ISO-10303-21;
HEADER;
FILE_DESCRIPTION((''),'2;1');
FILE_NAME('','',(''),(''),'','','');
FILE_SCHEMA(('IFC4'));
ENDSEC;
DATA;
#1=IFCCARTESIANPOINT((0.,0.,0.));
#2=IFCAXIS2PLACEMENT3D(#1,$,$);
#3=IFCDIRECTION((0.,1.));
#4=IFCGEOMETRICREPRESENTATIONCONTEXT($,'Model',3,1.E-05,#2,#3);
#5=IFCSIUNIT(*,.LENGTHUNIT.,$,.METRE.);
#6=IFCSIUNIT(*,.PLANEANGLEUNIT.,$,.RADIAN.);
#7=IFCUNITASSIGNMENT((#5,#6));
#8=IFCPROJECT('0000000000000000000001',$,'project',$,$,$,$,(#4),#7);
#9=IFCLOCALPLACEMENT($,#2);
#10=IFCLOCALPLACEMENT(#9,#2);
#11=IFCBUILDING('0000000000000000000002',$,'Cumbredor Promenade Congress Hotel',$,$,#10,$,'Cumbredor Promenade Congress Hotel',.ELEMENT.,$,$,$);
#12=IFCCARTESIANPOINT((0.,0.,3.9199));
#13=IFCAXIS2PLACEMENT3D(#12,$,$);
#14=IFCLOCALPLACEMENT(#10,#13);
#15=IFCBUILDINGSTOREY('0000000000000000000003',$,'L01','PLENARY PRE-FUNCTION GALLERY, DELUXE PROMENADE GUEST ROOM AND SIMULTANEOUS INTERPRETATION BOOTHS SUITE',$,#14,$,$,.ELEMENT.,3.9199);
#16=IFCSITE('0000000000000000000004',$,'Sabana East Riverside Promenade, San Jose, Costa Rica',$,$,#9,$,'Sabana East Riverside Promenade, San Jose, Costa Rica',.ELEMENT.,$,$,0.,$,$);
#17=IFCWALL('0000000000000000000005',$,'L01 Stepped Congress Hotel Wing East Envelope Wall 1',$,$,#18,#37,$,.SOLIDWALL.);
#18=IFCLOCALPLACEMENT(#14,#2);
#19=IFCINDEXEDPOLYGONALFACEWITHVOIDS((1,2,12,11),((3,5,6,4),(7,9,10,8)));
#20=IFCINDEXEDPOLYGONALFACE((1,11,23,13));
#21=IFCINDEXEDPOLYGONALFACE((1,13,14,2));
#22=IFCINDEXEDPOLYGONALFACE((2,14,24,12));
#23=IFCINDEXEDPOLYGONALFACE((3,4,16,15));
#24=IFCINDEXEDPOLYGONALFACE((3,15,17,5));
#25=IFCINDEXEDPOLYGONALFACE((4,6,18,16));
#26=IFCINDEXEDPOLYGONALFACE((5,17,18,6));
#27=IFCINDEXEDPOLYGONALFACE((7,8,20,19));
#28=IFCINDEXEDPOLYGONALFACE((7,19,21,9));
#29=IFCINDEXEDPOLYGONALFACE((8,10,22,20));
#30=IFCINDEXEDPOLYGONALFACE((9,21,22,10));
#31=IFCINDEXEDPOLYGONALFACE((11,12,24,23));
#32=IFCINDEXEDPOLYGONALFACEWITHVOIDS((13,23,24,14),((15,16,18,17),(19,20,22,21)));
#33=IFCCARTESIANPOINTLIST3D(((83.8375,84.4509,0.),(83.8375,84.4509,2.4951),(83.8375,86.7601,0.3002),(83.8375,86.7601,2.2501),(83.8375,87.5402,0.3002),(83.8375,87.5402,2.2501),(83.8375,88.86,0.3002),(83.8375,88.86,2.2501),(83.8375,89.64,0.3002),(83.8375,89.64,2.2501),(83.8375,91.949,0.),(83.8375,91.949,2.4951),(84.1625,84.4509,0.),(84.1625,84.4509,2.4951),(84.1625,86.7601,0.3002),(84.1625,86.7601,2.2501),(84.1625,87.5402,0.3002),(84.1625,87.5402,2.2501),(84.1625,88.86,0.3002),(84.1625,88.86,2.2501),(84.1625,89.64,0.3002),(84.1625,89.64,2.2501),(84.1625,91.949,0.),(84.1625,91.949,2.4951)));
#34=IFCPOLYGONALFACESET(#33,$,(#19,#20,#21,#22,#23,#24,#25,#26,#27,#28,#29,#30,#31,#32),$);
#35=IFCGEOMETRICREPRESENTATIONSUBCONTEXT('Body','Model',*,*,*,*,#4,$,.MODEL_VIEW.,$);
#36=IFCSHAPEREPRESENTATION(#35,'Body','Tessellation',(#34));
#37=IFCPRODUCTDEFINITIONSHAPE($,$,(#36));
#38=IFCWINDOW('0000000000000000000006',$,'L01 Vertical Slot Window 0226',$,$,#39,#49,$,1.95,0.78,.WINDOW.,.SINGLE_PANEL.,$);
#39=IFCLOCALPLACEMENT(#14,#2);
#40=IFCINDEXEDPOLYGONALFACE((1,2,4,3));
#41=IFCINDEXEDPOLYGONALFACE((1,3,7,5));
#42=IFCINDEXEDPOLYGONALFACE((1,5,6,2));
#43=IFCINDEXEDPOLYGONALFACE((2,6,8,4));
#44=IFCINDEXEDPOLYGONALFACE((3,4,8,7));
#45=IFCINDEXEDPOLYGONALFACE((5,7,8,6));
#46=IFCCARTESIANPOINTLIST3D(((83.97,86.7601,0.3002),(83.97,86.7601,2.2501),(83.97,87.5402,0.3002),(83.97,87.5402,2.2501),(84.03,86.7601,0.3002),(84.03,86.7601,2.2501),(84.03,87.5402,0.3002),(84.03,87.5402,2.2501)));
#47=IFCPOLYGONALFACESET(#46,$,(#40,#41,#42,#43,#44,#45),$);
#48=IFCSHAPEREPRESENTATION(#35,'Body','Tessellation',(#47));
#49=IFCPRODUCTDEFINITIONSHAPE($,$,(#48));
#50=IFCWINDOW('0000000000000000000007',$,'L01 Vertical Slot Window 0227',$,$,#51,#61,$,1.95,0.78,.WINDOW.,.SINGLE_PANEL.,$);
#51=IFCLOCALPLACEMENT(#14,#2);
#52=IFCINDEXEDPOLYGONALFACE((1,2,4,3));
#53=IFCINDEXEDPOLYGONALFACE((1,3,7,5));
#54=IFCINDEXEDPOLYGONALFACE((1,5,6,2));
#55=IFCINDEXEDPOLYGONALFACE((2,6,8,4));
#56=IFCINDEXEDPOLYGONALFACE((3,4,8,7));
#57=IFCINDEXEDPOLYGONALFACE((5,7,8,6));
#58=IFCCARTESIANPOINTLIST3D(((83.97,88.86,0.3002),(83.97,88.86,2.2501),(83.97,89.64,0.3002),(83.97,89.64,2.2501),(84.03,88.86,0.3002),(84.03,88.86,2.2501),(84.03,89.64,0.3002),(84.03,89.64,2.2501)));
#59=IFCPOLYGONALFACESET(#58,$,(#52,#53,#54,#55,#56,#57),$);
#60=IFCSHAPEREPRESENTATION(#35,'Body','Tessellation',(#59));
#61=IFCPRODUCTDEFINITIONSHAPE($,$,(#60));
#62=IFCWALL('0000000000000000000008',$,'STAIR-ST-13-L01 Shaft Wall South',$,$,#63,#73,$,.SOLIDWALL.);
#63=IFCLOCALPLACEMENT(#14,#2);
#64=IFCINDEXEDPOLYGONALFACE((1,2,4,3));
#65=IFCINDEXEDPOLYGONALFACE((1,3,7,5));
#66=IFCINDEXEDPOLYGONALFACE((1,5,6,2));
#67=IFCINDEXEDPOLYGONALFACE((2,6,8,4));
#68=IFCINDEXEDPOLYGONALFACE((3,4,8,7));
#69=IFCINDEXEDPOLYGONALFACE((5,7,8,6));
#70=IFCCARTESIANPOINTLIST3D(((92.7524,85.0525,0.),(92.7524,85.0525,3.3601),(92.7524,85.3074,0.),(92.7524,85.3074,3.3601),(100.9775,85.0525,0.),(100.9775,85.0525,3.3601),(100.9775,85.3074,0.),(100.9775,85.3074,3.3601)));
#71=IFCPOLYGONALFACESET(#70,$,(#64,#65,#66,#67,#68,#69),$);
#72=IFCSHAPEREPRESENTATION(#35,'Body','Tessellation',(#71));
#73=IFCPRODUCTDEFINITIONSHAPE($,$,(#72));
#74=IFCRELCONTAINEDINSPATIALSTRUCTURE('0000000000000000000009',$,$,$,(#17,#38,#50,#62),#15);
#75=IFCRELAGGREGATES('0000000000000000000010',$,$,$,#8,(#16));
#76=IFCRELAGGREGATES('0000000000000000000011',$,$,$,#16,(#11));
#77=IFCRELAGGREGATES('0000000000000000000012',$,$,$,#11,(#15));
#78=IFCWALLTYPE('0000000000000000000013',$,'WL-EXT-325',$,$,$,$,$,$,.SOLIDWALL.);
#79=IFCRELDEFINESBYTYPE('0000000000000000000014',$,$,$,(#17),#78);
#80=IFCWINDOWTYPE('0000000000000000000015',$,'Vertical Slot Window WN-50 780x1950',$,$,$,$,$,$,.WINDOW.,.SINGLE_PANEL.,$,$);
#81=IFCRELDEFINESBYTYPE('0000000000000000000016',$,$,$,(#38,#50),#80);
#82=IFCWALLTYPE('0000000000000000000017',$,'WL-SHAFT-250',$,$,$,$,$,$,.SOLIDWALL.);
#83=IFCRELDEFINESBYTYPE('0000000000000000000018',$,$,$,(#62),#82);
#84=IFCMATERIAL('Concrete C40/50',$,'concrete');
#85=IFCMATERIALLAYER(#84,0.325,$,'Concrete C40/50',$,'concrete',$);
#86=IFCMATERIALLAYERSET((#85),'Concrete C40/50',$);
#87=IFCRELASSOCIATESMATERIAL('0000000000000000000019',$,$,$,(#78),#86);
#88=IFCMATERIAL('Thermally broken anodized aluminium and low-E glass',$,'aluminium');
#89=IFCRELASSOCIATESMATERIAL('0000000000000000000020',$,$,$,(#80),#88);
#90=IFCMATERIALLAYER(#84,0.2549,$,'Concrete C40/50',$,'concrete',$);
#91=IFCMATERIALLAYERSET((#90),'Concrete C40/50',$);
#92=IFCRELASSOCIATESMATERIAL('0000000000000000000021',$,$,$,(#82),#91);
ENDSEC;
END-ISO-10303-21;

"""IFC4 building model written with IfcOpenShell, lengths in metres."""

from ifc_helpers import new_model, si_unit, direction, frame, frame_2d, origin, place, context, subcontext, project, spatial, rectangle, extrude, material, layer, layer_set, type_object, element, fill, save


model = new_model("IFC4")

# Units and contexts
model_context = context("Model", 3, precision=1e-05, world=origin(), true_north=direction((0.0, 1.0)))
body_context = subcontext(model_context, "Body", "Model", "MODEL_VIEW")
ifc_project = project(units=[si_unit("LENGTHUNIT", "METRE"), si_unit("PLANEANGLEUNIT", "RADIAN")], contexts=[model_context])

# Site, building, storey
site_placement = place(None, origin())
site = spatial("IfcSite", under=ifc_project, at=site_placement, Name="Sabana East Riverside Promenade, San Jose, Costa Rica", LongName="Sabana East Riverside Promenade, San Jose, Costa Rica", CompositionType="ELEMENT", RefElevation=0.0)
building_placement = place(site_placement, origin())
building = spatial("IfcBuilding", under=site, at=building_placement, Name="Cumbredor Promenade Congress Hotel", LongName="Cumbredor Promenade Congress Hotel", CompositionType="ELEMENT")
storey_placement = place(building_placement, frame((0.0, 0.0, 3.9199)))
storey = spatial("IfcBuildingStorey", under=building, at=storey_placement, Name="L01", Description="PLENARY PRE-FUNCTION GALLERY, DELUXE PROMENADE GUEST ROOM AND SIMULTANEOUS INTERPRETATION BOOTHS SUITE", CompositionType="ELEMENT", Elevation=3.9199)

# Shared definitions
ifc_material_1 = material(Name="Concrete C40/50", Category="concrete")

# Shared definitions
ifc_material_2 = material(Name="Thermally broken anodized aluminium and low-E glass", Category="aluminium")

# Wall, openings, windows
ifc_layer_1 = layer(ifc_material_1, 0.325, Name="Concrete C40/50", Category="concrete")
ifc_layer_set_1 = layer_set([ifc_layer_1], Name="Concrete C40/50")
wall_type_1 = type_object("IfcWallType", Name="WL-EXT-325", PredefinedType="SOLIDWALL", material=ifc_layer_set_1)
wall_1_placement = place(storey_placement, frame((84.0, 84.4509, 0.0), z_axis=(0.0, 0.0, 1.0), x_axis=(0.0, 1.0, 0.0)))
wall_1 = element("IfcWall", 1, at=wall_1_placement, inside=storey, type_object=wall_type_1, Name="L01 Stepped Congress Hotel Wing East Envelope Wall 1", PredefinedType="SOLIDWALL", context=body_context, shape_type="SweptSolid", body=[
    extrude(rectangle(XDim=7.498, YDim=0.325, at=frame_2d((3.749, 0.0))), origin(), (0.0, 0.0, 1.0), 2.4951),
])
opening_1_placement = place(wall_1_placement, frame((2.3091, 0.0, 0.3)))
opening_1 = element("IfcOpeningElement", 2, at=opening_1_placement, cuts=wall_1, PredefinedType="OPENING", context=body_context, shape_type="SweptSolid", body=[
    extrude(rectangle(XDim=0.78, YDim=1.95, at=frame_2d((0.3901, 0.9751))), frame((0.0, 0.1724, 0.0), z_axis=(0.0, -1.0, 0.0), x_axis=(1.0, 0.0, 0.0)), (0.0, 0.0, 1.0), 0.345),
])
opening_2_placement = place(wall_1_placement, frame((4.4089, 0.0, 0.3)))
opening_2 = element("IfcOpeningElement", 3, at=opening_2_placement, cuts=wall_1, PredefinedType="OPENING", context=body_context, shape_type="SweptSolid", body=[
    extrude(rectangle(XDim=0.78, YDim=1.95, at=frame_2d((0.3901, 0.9751))), frame((0.0, 0.1724, 0.0), z_axis=(0.0, -1.0, 0.0), x_axis=(1.0, 0.0, 0.0)), (0.0, 0.0, 1.0), 0.345),
])
window_type_1 = type_object("IfcWindowType", Name="Vertical Slot Window WN-50 780x1950", PartitioningType="SINGLE_PANEL", PredefinedType="WINDOW", material=ifc_material_2)
window_1_placement = place(opening_1_placement, origin())
window_1 = element("IfcWindow", 4, at=window_1_placement, inside=storey, type_object=window_type_1, Name="L01 Vertical Slot Window 0226", OverallHeight=1.95, OverallWidth=0.78, PartitioningType="SINGLE_PANEL", PredefinedType="WINDOW", context=body_context, shape_type="SweptSolid", body=[
    extrude(rectangle(XDim=0.78, YDim=1.95, at=frame_2d((0.3901, 0.9751))), frame((0.0, 0.03, 0.0), z_axis=(0.0, -1.0, 0.0), x_axis=(1.0, 0.0, 0.0)), (0.0, 0.0, 1.0), 0.0601),
])
fill(opening_1, window_1)
window_2_placement = place(opening_2_placement, origin())
window_2 = element("IfcWindow", 5, at=window_2_placement, inside=storey, type_object=window_type_1, Name="L01 Vertical Slot Window 0227", OverallHeight=1.95, OverallWidth=0.78, PartitioningType="SINGLE_PANEL", PredefinedType="WINDOW", context=body_context, shape_type="SweptSolid", body=[
    extrude(rectangle(XDim=0.78, YDim=1.95, at=frame_2d((0.3901, 0.9751))), frame((0.0, 0.03, 0.0), z_axis=(0.0, -1.0, 0.0), x_axis=(1.0, 0.0, 0.0)), (0.0, 0.0, 1.0), 0.0601),
])
fill(opening_2, window_2)

# Wall
ifc_layer_2 = layer(ifc_material_1, 0.2549, Name="Concrete C40/50", Category="concrete")
ifc_layer_set_2 = layer_set([ifc_layer_2], Name="Concrete C40/50")
wall_type_2 = type_object("IfcWallType", Name="WL-SHAFT-250", PredefinedType="SOLIDWALL", material=ifc_layer_set_2)
wall_2_placement = place(storey_placement, frame((92.7524, 85.1799, 0.0), z_axis=(0.0, 0.0, 1.0), x_axis=(1.0, 0.0, 0.0)))
element("IfcWall", 6, at=wall_2_placement, inside=storey, type_object=wall_type_2, Name="STAIR-ST-13-L01 Shaft Wall South", PredefinedType="SOLIDWALL", context=body_context, shape_type="SweptSolid", body=[
    extrude(rectangle(XDim=8.2251, YDim=0.2549, at=frame_2d((4.1125, 0.0))), origin(), (0.0, 0.0, 1.0), 3.3601),
])

save(model, "model.ifc")
